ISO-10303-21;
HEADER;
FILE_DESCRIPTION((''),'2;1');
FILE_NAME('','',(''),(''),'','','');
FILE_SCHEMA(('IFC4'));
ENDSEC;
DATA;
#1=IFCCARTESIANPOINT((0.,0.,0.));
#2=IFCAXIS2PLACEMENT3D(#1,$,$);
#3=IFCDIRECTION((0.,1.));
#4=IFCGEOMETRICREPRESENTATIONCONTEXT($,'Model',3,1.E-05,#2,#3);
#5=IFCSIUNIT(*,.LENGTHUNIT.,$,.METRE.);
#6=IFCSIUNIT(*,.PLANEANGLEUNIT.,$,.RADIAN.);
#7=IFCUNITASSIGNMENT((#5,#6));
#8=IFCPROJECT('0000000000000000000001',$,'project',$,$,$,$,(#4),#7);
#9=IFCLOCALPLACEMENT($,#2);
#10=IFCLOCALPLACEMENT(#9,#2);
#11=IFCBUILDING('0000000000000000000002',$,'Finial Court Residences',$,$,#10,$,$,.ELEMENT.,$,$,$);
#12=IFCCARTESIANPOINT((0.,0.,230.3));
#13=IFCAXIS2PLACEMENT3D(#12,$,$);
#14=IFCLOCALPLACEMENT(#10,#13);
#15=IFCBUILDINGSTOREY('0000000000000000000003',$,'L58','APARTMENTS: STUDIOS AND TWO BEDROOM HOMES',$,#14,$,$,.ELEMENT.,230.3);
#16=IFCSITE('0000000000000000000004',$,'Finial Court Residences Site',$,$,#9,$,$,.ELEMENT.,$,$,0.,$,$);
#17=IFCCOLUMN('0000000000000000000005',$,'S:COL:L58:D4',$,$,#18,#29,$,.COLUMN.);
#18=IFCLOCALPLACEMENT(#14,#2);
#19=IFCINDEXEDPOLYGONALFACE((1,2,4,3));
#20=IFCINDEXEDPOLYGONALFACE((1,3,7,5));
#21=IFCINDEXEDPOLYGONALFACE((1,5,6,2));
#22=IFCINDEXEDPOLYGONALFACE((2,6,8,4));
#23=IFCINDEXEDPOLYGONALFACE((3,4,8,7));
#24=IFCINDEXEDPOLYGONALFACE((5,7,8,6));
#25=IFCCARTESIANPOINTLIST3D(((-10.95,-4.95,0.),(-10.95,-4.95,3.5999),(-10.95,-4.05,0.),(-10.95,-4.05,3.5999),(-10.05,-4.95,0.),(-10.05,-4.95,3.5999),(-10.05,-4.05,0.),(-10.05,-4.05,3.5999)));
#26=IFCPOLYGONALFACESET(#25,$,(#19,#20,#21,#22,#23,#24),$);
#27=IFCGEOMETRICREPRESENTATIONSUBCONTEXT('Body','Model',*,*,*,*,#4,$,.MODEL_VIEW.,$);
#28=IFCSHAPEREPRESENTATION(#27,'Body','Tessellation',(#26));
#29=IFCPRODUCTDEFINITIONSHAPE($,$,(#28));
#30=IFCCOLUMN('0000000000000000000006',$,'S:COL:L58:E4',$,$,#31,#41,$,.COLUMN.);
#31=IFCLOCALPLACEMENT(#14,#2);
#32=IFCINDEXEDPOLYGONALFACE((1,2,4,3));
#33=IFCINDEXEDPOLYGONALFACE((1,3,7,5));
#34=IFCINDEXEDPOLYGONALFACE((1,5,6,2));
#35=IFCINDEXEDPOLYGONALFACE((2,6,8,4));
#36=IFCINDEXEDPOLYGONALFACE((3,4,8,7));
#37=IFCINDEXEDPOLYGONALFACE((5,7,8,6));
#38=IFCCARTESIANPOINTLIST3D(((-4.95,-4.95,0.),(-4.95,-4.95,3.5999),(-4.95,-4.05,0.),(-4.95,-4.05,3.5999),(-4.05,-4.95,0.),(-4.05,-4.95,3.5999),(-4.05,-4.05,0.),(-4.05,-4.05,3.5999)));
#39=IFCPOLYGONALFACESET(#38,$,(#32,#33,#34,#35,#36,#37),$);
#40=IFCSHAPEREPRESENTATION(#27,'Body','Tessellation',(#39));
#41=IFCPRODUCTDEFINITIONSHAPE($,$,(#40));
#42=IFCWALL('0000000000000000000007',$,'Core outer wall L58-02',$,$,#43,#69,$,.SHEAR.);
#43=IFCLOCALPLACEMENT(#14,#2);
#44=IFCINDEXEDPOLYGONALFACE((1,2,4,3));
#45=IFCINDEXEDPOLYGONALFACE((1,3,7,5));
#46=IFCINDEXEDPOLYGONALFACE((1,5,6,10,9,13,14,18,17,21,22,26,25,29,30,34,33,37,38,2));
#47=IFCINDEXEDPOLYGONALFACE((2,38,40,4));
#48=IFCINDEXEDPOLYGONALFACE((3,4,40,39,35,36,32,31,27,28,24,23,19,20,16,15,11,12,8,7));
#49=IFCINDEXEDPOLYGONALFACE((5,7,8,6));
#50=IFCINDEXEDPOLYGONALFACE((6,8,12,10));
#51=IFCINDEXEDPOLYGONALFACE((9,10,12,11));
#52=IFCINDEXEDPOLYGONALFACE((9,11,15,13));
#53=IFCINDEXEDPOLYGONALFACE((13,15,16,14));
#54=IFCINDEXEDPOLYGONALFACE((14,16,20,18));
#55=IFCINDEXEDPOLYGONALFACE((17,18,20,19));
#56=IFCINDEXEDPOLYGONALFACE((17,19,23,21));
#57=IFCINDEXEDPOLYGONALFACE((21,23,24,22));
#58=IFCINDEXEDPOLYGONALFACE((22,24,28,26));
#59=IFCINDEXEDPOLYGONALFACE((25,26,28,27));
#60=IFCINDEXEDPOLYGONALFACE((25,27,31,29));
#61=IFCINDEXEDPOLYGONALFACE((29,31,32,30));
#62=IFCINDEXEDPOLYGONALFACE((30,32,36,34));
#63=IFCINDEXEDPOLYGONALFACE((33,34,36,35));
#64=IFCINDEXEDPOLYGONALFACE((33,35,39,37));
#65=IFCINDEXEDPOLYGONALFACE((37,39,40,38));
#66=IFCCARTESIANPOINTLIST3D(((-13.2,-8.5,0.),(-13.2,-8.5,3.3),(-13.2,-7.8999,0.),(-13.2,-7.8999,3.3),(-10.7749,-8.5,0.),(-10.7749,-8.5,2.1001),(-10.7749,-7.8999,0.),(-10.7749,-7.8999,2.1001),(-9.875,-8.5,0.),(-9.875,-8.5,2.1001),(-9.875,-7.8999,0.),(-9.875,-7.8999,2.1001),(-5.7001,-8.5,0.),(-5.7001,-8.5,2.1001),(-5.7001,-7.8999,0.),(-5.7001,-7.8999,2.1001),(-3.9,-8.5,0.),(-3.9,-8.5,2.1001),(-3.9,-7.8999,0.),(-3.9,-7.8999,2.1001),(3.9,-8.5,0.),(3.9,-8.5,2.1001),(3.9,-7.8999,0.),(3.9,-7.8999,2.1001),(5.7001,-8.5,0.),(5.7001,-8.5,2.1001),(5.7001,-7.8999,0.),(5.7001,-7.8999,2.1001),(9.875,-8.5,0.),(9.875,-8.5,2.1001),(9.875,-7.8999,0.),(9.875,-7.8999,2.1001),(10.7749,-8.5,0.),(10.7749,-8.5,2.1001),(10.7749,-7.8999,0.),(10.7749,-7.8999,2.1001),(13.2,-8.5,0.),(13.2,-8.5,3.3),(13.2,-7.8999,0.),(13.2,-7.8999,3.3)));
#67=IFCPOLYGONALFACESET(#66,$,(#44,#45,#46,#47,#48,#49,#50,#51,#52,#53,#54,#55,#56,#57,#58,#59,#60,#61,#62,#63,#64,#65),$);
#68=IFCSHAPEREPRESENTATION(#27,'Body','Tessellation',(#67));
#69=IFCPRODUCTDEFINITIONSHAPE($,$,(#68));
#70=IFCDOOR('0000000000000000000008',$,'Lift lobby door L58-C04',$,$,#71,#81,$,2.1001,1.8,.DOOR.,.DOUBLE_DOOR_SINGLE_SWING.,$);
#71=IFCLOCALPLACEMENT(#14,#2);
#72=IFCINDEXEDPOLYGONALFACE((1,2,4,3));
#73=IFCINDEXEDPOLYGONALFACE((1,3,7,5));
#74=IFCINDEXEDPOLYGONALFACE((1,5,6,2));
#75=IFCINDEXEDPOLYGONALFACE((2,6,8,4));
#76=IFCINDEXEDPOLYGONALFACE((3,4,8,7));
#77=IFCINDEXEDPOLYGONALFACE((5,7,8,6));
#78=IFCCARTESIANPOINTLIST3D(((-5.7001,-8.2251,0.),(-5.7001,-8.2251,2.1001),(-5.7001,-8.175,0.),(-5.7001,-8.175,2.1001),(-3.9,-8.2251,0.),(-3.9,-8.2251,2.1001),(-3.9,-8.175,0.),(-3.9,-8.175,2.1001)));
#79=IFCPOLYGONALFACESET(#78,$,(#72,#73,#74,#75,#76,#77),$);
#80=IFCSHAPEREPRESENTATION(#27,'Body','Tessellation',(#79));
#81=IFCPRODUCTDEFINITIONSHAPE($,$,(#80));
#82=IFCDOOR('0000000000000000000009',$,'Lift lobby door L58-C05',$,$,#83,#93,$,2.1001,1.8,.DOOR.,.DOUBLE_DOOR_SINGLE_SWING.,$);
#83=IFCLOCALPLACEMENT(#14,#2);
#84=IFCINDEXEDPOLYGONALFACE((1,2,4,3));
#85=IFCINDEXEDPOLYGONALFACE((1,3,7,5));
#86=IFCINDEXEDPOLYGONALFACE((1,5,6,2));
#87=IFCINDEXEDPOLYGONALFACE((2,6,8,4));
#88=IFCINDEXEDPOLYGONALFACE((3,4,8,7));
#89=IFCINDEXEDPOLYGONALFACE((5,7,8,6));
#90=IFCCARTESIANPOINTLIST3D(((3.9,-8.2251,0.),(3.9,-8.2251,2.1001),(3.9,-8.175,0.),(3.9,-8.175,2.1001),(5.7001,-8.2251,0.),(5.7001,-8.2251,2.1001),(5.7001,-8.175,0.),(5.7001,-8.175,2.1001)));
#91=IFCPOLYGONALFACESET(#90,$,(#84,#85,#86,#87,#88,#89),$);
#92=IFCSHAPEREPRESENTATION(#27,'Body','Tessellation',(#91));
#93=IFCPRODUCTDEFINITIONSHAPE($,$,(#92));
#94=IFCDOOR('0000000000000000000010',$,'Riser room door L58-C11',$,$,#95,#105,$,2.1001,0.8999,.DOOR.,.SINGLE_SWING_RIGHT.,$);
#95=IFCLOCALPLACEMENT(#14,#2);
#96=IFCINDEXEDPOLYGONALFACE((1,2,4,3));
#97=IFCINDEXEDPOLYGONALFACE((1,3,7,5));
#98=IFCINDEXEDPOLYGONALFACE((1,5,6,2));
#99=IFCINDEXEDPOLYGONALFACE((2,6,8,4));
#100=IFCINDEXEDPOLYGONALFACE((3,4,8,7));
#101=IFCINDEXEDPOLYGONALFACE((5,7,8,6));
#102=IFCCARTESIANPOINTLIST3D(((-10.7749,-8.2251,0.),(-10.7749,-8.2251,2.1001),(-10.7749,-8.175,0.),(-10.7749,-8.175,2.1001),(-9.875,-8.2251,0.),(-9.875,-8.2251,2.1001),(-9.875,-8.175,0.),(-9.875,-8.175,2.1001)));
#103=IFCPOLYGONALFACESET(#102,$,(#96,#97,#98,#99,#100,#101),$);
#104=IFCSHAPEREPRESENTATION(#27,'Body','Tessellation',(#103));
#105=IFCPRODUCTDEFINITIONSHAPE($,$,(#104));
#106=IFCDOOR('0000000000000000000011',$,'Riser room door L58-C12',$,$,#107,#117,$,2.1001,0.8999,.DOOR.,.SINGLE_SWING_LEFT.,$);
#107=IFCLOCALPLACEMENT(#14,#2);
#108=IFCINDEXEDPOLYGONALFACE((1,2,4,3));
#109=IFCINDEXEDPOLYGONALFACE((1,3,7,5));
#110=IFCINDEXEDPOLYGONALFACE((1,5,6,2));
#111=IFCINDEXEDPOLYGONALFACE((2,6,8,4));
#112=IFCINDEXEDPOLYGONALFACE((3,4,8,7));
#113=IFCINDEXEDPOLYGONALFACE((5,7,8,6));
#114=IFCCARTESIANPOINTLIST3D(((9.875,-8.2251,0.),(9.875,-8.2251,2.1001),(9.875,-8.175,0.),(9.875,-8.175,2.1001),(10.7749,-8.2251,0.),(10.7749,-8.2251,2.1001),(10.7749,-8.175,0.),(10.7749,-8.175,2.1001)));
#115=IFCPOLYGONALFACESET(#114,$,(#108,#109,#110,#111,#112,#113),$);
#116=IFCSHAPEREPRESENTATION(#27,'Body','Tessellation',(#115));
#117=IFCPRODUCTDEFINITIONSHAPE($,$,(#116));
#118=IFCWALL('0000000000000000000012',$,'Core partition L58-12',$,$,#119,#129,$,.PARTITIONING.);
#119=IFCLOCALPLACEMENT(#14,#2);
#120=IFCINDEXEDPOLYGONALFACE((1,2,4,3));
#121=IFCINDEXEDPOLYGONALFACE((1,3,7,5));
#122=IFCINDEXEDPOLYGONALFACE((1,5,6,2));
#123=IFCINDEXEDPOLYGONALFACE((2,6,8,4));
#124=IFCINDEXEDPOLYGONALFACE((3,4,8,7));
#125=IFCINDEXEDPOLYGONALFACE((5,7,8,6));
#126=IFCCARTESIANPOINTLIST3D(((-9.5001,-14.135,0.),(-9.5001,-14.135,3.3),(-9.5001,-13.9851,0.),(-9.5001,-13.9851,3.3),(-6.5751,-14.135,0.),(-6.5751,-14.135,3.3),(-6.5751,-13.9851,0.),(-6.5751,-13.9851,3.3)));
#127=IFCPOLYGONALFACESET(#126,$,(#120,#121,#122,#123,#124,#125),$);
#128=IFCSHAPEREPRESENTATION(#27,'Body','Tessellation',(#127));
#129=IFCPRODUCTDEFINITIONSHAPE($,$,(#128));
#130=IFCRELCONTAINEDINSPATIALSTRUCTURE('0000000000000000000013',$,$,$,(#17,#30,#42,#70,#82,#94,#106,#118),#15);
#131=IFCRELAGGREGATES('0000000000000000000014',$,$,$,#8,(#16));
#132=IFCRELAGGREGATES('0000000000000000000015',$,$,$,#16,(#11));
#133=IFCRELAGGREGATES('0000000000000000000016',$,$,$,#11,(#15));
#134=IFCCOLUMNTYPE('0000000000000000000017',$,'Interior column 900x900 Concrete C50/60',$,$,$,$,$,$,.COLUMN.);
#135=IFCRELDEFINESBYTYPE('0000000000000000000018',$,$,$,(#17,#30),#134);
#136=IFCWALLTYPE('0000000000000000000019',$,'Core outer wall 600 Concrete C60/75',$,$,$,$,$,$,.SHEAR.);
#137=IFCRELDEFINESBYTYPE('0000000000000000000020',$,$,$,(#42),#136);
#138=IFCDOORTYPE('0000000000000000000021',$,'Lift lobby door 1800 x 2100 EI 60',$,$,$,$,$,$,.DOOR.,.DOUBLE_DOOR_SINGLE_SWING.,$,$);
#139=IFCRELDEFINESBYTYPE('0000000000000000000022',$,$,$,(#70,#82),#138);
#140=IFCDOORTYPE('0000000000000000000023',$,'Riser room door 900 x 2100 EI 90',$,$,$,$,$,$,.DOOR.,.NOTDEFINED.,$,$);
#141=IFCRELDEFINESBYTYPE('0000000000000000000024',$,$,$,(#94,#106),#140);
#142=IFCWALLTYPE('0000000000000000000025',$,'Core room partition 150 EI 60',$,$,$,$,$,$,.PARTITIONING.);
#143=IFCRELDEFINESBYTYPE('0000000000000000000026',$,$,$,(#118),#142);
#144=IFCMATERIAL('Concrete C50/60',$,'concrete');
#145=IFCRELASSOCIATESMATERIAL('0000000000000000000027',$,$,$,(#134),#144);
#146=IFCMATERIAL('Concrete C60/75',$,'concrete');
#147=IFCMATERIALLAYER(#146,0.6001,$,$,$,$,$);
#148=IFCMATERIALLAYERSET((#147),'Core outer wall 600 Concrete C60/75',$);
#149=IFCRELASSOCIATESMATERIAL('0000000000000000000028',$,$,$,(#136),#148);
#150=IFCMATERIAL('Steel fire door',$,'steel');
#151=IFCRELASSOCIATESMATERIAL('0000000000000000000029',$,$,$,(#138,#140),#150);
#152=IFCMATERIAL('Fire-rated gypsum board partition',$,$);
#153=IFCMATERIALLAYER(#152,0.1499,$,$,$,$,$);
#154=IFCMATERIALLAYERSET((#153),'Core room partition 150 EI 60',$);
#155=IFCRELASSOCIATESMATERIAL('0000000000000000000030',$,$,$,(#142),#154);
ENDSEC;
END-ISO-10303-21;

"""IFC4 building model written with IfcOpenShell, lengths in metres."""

from ifc_helpers import new_model, si_unit, direction, frame, frame_2d, origin, origin_2d, place, context, subcontext, project, spatial, rectangle, extrude, material, layer, layer_set, material_profile, profile_set, type_object, element, fill, save


model = new_model("IFC4")

# Units and contexts
model_context = context("Model", 3, precision=1e-05, world=origin(), true_north=direction((0.0, 1.0)))
body_context = subcontext(model_context, "Body", "Model", "MODEL_VIEW")
ifc_project = project(units=[si_unit("LENGTHUNIT", "METRE"), si_unit("PLANEANGLEUNIT", "RADIAN")], contexts=[model_context])

# Site, building, storey
site_placement = place(None, origin())
site = spatial("IfcSite", under=ifc_project, at=site_placement, Name="Finial Court Residences Site", CompositionType="ELEMENT", RefElevation=0.0)
building_placement = place(site_placement, origin())
building = spatial("IfcBuilding", under=site, at=building_placement, Name="Finial Court Residences", CompositionType="ELEMENT")
storey_placement = place(building_placement, frame((0.0, 0.0, 230.3)))
storey = spatial("IfcBuildingStorey", under=building, at=storey_placement, Name="L58", Description="APARTMENTS: STUDIOS AND TWO BEDROOM HOMES", CompositionType="ELEMENT", Elevation=230.3)

# Columns
ifc_material_1 = material(Name="Concrete C50/60", Category="concrete")
ifc_material_profile = material_profile(ifc_material_1, rectangle(XDim=0.8999, YDim=0.8999, at=origin_2d()), Name="900x900")
ifc_profile_set = profile_set([ifc_material_profile], Name="Concrete C50/60")
column_type = type_object("IfcColumnType", Name="Interior column 900x900 Concrete C50/60", PredefinedType="COLUMN", material=ifc_profile_set)
for number, where, z_axis, x_axis, name in (
    (1, (-10.5, -4.5, 0.0), (0.0, 0.0, 1.0), (1.0, 0.0, 0.0), "S:COL:L58:D4"),
    (2, (-4.5, -4.5, 0.0), (0.0, 0.0, 1.0), (1.0, 0.0, 0.0), "S:COL:L58:E4"),
):
    element("IfcColumn", number, at=place(storey_placement, frame(where, z_axis=z_axis, x_axis=x_axis)), inside=storey, type_object=column_type, Name=name, PredefinedType="COLUMN", context=body_context, shape_type="SweptSolid", body=[
        extrude(rectangle(XDim=0.8999, YDim=0.8999, at=origin_2d()), origin(), (0.0, 0.0, 1.0), 3.5999),
    ])

# Wall, openings, doors
ifc_material_2 = material(Name="Concrete C60/75", Category="concrete")
ifc_layer_1 = layer(ifc_material_2, 0.6001)
ifc_layer_set_1 = layer_set([ifc_layer_1], Name="Core outer wall 600 Concrete C60/75")
wall_type_1 = type_object("IfcWallType", Name="Core outer wall 600 Concrete C60/75", PredefinedType="SHEAR", material=ifc_layer_set_1)
wall_1_placement = place(storey_placement, frame((-13.2, -8.2, 0.0), z_axis=(0.0, 0.0, 1.0), x_axis=(1.0, 0.0, 0.0)))
wall_1 = element("IfcWall", 3, at=wall_1_placement, inside=storey, type_object=wall_type_1, Name="Core outer wall L58-02", PredefinedType="SHEAR", context=body_context, shape_type="SweptSolid", body=[
    extrude(rectangle(XDim=26.3999, YDim=0.6001, at=frame_2d((13.2, 0.0))), origin(), (0.0, 0.0, 1.0), 3.3),
])
opening_1_placement = place(wall_1_placement, frame((7.5, 0.0, 0.0)))
opening_1 = element("IfcOpeningElement", 4, at=opening_1_placement, cuts=wall_1, PredefinedType="OPENING", context=body_context, shape_type="SweptSolid", body=[
    extrude(rectangle(XDim=1.8, YDim=2.1001, at=frame_2d((0.8999, 1.05))), frame((0.0, 0.3101, 0.0), z_axis=(0.0, -1.0, 0.0), x_axis=(1.0, 0.0, 0.0)), (0.0, 0.0, 1.0), 0.6201),
])
opening_2_placement = place(wall_1_placement, frame((17.1001, 0.0, 0.0)))
opening_2 = element("IfcOpeningElement", 5, at=opening_2_placement, cuts=wall_1, PredefinedType="OPENING", context=body_context, shape_type="SweptSolid", body=[
    extrude(rectangle(XDim=1.8, YDim=2.1001, at=frame_2d((0.8999, 1.05))), frame((0.0, 0.3101, 0.0), z_axis=(0.0, -1.0, 0.0), x_axis=(1.0, 0.0, 0.0)), (0.0, 0.0, 1.0), 0.6201),
])
opening_3_placement = place(wall_1_placement, frame((2.425, 0.0, 0.0)))
opening_3 = element("IfcOpeningElement", 6, at=opening_3_placement, cuts=wall_1, PredefinedType="OPENING", context=body_context, shape_type="SweptSolid", body=[
    extrude(rectangle(XDim=0.8999, YDim=2.1001, at=frame_2d((0.45, 1.05))), frame((0.0, 0.3101, 0.0), z_axis=(0.0, -1.0, 0.0), x_axis=(1.0, 0.0, 0.0)), (0.0, 0.0, 1.0), 0.6201),
])
opening_4_placement = place(wall_1_placement, frame((23.075, 0.0, 0.0)))
opening_4 = element("IfcOpeningElement", 7, at=opening_4_placement, cuts=wall_1, PredefinedType="OPENING", context=body_context, shape_type="SweptSolid", body=[
    extrude(rectangle(XDim=0.8999, YDim=2.1001, at=frame_2d((0.45, 1.05))), frame((0.0, 0.3101, 0.0), z_axis=(0.0, -1.0, 0.0), x_axis=(1.0, 0.0, 0.0)), (0.0, 0.0, 1.0), 0.6201),
])
ifc_material_3 = material(Name="Steel fire door", Category="steel")
door_type_1 = type_object("IfcDoorType", Name="Lift lobby door 1800 x 2100 EI 60", OperationType="DOUBLE_DOOR_SINGLE_SWING", PredefinedType="DOOR", material=ifc_material_3)
door_1_placement = place(opening_1_placement, origin())
door_1 = element("IfcDoor", 8, at=door_1_placement, inside=storey, type_object=door_type_1, Name="Lift lobby door L58-C04", OperationType="DOUBLE_DOOR_SINGLE_SWING", OverallHeight=2.1001, OverallWidth=1.8, PredefinedType="DOOR", context=body_context, shape_type="SweptSolid", body=[
    extrude(rectangle(XDim=1.8, YDim=2.1001, at=frame_2d((0.8999, 1.05))), frame((0.0, 0.0249, 0.0), z_axis=(0.0, -1.0, 0.0), x_axis=(1.0, 0.0, 0.0)), (0.0, 0.0, 1.0), 0.05),
])
fill(opening_1, door_1)
door_2_placement = place(opening_2_placement, origin())
door_2 = element("IfcDoor", 9, at=door_2_placement, inside=storey, type_object=door_type_1, Name="Lift lobby door L58-C05", OperationType="DOUBLE_DOOR_SINGLE_SWING", OverallHeight=2.1001, OverallWidth=1.8, PredefinedType="DOOR", context=body_context, shape_type="SweptSolid", body=[
    extrude(rectangle(XDim=1.8, YDim=2.1001, at=frame_2d((0.8999, 1.05))), frame((0.0, 0.0249, 0.0), z_axis=(0.0, -1.0, 0.0), x_axis=(1.0, 0.0, 0.0)), (0.0, 0.0, 1.0), 0.05),
])
fill(opening_2, door_2)
door_type_2 = type_object("IfcDoorType", Name="Riser room door 900 x 2100 EI 90", OperationType="NOTDEFINED", PredefinedType="DOOR", material=ifc_material_3)
door_3_placement = place(opening_3_placement, origin())
door_3 = element("IfcDoor", 10, at=door_3_placement, inside=storey, type_object=door_type_2, Name="Riser room door L58-C11", OperationType="SINGLE_SWING_RIGHT", OverallHeight=2.1001, OverallWidth=0.8999, PredefinedType="DOOR", context=body_context, shape_type="SweptSolid", body=[
    extrude(rectangle(XDim=0.8999, YDim=2.1001, at=frame_2d((0.45, 1.05))), frame((0.0, 0.0249, 0.0), z_axis=(0.0, -1.0, 0.0), x_axis=(1.0, 0.0, 0.0)), (0.0, 0.0, 1.0), 0.05),
])
fill(opening_3, door_3)
door_4_placement = place(opening_4_placement, origin())
door_4 = element("IfcDoor", 11, at=door_4_placement, inside=storey, type_object=door_type_2, Name="Riser room door L58-C12", OperationType="SINGLE_SWING_LEFT", OverallHeight=2.1001, OverallWidth=0.8999, PredefinedType="DOOR", context=body_context, shape_type="SweptSolid", body=[
    extrude(rectangle(XDim=0.8999, YDim=2.1001, at=frame_2d((0.45, 1.05))), frame((0.0, 0.0249, 0.0), z_axis=(0.0, -1.0, 0.0), x_axis=(1.0, 0.0, 0.0)), (0.0, 0.0, 1.0), 0.05),
])
fill(opening_4, door_4)

# Wall
ifc_material_4 = material(Name="Fire-rated gypsum board partition")
ifc_layer_2 = layer(ifc_material_4, 0.1499)
ifc_layer_set_2 = layer_set([ifc_layer_2], Name="Core room partition 150 EI 60")
wall_type_2 = type_object("IfcWallType", Name="Core room partition 150 EI 60", PredefinedType="PARTITIONING", material=ifc_layer_set_2)
wall_2_placement = place(storey_placement, frame((-9.5, -14.0601, 0.0), z_axis=(0.0, 0.0, 1.0), x_axis=(1.0, 0.0, 0.0)))
element("IfcWall", 12, at=wall_2_placement, inside=storey, type_object=wall_type_2, Name="Core partition L58-12", PredefinedType="PARTITIONING", context=body_context, shape_type="SweptSolid", body=[
    extrude(rectangle(XDim=2.925, YDim=0.1499, at=frame_2d((1.4624, 0.0))), origin(), (0.0, 0.0, 1.0), 3.3),
])

save(model, "model.ifc")
